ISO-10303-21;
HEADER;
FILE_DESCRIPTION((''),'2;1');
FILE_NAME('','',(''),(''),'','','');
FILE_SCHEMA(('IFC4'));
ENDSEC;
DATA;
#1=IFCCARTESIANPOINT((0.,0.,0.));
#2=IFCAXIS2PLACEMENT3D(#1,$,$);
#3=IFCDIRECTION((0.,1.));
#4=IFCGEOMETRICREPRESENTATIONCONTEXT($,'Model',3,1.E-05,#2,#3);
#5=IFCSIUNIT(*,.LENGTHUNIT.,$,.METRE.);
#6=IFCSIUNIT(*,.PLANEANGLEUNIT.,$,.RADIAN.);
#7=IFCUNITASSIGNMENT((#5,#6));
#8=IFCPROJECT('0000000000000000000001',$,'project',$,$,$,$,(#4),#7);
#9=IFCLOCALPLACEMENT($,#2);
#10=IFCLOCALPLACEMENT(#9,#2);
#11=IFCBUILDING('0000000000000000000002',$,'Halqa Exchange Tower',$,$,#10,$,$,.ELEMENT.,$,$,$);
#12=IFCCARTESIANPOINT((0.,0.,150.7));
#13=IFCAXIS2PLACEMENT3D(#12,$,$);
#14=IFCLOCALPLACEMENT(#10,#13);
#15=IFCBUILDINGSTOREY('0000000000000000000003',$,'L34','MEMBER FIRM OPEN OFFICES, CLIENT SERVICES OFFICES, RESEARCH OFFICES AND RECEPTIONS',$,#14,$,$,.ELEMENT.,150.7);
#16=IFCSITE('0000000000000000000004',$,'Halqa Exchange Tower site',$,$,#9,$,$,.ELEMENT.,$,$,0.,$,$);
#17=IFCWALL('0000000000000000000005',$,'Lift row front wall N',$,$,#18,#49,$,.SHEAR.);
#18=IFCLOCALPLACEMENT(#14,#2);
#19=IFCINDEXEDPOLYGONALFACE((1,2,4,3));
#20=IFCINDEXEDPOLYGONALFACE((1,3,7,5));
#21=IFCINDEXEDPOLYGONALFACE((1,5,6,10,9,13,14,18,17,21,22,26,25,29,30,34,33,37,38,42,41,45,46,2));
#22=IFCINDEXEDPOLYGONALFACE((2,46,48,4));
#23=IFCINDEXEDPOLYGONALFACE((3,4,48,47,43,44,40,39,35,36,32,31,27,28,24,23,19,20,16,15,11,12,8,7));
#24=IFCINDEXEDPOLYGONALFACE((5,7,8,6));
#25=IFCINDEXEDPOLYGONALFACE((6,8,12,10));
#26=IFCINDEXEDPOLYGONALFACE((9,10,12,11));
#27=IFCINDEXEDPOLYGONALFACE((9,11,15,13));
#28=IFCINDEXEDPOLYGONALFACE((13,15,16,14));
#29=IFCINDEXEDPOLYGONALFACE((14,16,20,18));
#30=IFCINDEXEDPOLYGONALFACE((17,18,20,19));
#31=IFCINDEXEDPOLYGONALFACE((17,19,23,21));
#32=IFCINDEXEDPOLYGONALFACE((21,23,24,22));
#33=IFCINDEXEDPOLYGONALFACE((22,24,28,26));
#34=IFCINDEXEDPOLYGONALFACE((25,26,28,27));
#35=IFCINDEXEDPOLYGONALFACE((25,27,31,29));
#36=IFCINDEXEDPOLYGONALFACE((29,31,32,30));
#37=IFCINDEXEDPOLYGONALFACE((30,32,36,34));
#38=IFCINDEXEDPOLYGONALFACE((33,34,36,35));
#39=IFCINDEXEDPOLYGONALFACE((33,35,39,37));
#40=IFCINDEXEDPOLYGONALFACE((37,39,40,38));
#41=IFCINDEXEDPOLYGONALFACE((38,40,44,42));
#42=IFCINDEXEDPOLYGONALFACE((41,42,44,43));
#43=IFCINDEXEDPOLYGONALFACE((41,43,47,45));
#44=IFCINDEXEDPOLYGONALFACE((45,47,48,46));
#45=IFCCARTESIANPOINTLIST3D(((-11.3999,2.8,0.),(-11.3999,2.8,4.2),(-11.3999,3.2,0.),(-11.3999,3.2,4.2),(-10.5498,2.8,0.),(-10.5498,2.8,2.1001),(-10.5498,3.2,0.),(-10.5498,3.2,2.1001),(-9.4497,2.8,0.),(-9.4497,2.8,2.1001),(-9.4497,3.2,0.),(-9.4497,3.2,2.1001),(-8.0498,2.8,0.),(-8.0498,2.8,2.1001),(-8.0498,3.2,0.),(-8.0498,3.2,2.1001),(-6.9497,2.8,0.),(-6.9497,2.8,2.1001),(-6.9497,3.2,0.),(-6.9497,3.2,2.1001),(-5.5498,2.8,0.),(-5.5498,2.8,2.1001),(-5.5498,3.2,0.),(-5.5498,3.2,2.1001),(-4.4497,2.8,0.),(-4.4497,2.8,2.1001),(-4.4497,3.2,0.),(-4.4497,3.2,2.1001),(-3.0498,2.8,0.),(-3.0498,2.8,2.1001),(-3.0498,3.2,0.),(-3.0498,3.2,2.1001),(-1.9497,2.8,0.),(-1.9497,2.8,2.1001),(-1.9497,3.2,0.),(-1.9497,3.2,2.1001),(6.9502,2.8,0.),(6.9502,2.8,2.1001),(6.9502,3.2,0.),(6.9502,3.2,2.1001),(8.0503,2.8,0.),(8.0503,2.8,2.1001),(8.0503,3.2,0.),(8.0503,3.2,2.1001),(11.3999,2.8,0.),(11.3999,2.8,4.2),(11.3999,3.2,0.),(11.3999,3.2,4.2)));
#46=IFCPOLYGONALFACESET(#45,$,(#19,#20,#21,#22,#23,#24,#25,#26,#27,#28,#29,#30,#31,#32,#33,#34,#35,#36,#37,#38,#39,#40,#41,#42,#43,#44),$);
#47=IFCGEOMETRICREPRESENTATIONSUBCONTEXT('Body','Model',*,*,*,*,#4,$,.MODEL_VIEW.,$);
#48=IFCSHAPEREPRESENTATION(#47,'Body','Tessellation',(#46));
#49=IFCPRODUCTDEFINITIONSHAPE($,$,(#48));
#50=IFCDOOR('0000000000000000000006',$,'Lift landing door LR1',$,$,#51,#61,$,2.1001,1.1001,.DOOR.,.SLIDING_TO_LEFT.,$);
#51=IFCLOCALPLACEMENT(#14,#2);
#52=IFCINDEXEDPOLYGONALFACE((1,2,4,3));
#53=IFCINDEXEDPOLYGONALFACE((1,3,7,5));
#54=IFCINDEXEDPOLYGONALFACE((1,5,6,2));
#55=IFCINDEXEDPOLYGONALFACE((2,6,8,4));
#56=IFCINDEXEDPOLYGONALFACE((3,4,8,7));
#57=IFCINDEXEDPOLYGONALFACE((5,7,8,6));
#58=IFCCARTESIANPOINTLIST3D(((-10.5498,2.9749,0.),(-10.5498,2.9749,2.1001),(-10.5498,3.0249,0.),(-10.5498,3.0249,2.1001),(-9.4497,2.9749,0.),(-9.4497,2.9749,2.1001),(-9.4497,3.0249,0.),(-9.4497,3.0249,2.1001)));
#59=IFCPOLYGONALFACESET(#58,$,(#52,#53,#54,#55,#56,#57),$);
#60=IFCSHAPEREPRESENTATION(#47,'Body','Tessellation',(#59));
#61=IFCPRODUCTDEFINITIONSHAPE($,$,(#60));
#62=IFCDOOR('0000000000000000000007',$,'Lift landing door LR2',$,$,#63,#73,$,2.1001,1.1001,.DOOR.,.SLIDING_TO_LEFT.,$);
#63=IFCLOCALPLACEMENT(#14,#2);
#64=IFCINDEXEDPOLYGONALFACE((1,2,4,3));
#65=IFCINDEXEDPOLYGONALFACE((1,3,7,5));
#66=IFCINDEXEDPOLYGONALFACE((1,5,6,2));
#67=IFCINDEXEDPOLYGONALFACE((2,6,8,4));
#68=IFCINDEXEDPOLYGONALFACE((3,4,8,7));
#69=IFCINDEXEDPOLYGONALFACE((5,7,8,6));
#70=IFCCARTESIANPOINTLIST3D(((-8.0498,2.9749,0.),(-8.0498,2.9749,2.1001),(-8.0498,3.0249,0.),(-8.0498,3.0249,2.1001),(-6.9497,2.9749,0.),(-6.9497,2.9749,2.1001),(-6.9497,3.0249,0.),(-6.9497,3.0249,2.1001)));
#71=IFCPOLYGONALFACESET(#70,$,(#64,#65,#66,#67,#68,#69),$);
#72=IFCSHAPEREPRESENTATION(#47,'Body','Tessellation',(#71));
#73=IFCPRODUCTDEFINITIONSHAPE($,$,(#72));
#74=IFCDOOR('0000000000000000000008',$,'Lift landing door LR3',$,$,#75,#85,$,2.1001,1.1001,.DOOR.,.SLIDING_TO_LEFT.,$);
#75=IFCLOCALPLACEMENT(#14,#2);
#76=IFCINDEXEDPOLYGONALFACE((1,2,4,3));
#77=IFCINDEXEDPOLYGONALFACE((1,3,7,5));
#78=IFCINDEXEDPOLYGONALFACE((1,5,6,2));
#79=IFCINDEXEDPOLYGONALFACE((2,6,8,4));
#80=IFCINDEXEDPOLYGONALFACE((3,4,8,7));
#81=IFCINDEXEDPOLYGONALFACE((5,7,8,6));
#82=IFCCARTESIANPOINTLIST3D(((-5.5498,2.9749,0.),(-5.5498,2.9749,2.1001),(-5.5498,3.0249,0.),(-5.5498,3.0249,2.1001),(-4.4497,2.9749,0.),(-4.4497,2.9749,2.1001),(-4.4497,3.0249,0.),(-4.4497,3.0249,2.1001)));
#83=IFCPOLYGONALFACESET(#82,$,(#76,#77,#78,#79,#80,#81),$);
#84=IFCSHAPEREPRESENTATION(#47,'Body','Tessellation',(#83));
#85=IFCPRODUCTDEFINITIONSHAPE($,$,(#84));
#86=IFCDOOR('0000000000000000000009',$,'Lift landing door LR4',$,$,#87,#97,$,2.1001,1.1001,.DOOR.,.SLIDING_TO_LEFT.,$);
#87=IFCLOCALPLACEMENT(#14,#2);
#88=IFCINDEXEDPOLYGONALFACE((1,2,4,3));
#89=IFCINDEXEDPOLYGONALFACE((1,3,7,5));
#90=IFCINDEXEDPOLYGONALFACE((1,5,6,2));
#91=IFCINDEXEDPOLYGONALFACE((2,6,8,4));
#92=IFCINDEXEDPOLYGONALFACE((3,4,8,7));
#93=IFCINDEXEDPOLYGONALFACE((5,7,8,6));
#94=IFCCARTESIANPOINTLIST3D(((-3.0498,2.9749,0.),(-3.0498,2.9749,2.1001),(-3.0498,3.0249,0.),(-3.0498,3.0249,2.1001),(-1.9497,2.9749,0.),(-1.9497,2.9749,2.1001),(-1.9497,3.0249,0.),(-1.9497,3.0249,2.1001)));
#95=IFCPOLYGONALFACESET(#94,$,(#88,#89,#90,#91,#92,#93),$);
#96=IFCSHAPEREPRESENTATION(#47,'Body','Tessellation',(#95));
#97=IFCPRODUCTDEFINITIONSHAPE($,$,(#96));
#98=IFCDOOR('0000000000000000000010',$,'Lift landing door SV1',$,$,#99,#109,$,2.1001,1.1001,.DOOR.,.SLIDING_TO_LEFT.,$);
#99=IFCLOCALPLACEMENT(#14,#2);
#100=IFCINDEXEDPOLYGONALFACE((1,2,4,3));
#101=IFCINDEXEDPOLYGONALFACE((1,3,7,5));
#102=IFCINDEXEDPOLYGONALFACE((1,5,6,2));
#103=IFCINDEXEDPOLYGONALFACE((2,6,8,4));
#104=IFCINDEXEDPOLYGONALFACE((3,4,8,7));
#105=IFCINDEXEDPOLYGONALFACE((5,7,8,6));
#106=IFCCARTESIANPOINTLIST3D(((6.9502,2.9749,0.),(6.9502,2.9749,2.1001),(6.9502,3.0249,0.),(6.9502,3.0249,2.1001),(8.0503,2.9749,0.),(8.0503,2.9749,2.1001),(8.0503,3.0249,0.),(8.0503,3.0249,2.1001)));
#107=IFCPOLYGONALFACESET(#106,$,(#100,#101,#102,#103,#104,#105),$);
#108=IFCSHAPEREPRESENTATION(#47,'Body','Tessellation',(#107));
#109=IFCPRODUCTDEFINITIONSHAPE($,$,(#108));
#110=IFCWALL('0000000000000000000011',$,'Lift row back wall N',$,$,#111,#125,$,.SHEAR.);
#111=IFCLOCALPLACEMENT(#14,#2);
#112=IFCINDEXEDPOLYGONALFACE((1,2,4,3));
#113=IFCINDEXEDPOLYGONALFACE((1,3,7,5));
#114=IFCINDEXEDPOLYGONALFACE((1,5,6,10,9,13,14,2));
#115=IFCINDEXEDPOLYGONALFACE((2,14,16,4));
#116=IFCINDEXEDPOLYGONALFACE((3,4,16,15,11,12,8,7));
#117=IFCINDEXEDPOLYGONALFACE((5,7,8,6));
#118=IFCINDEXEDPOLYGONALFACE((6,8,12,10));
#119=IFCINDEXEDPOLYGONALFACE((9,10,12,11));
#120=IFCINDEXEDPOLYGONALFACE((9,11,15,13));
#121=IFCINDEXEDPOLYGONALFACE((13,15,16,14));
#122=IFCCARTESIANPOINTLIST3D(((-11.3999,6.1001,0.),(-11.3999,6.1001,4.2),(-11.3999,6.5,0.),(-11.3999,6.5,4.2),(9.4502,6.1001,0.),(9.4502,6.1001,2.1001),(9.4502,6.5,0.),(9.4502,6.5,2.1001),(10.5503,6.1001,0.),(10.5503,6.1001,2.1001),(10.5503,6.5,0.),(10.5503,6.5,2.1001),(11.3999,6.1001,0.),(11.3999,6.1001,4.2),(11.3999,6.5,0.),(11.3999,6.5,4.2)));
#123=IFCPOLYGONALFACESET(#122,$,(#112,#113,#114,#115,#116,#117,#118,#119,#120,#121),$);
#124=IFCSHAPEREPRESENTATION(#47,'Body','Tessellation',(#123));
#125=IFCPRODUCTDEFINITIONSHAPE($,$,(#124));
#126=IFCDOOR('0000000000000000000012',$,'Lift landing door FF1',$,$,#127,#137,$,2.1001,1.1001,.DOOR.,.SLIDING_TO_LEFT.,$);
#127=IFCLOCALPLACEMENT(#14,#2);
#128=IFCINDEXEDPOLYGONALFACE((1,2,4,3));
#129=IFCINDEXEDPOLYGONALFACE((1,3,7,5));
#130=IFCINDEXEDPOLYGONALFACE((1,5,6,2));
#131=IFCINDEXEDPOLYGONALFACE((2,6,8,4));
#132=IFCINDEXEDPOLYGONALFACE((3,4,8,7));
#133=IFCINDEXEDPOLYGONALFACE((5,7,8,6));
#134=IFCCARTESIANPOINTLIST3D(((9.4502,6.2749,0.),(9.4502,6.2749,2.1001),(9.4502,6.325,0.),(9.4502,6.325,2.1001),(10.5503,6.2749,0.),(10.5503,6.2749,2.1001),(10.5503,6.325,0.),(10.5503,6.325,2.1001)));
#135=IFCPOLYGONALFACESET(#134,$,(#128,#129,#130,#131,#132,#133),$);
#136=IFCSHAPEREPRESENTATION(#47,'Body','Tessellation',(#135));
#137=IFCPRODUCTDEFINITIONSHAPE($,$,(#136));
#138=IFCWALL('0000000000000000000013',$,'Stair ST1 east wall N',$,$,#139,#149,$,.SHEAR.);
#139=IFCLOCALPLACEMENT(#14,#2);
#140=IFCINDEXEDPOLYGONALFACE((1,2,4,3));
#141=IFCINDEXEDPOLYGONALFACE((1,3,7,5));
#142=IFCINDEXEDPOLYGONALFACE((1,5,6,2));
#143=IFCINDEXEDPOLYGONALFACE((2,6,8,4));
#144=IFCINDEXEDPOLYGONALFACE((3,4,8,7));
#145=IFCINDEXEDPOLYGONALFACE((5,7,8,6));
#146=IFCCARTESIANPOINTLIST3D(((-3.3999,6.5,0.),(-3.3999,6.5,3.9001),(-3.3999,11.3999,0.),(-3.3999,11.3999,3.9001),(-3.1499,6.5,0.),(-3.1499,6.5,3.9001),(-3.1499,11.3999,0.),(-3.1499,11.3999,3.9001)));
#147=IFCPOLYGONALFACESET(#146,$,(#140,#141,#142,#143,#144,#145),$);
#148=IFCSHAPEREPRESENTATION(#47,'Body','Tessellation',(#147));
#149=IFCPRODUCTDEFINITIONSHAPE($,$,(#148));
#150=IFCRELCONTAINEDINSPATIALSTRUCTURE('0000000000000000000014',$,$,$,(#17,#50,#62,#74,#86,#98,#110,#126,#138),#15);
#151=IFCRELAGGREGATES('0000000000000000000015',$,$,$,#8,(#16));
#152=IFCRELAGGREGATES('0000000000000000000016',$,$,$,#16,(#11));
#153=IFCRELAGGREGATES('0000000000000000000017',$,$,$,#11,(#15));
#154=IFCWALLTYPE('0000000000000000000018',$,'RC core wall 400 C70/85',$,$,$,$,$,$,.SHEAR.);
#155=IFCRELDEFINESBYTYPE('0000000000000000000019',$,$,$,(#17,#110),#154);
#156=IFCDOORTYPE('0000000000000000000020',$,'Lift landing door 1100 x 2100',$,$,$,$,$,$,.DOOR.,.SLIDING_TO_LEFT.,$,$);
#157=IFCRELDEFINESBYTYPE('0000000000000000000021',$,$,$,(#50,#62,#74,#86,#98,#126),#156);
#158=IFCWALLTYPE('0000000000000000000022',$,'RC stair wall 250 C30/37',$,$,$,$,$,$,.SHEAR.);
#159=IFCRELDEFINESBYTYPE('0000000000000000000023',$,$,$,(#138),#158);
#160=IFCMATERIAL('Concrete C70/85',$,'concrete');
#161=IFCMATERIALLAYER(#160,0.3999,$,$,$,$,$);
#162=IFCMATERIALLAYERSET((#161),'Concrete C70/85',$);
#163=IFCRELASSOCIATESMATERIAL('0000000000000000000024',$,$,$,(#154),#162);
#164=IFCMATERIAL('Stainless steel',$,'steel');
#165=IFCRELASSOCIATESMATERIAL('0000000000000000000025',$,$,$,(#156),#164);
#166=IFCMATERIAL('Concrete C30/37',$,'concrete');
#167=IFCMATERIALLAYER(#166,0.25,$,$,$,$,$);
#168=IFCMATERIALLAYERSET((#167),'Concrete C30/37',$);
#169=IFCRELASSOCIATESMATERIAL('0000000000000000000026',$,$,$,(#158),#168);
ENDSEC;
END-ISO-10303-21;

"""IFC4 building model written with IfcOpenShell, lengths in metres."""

from ifc_helpers import new_model, si_unit, direction, frame, frame_2d, origin, place, context, subcontext, project, spatial, rectangle, extrude, material, layer, layer_set, type_object, element, fill, save


model = new_model("IFC4")

# Units and contexts
model_context = context("Model", 3, precision=1e-05, world=origin(), true_north=direction((0.0, 1.0)))
body_context = subcontext(model_context, "Body", "Model", "MODEL_VIEW")
ifc_project = project(units=[si_unit("LENGTHUNIT", "METRE"), si_unit("PLANEANGLEUNIT", "RADIAN")], contexts=[model_context])

# Site, building, storey
site_placement = place(None, origin())
site = spatial("IfcSite", under=ifc_project, at=site_placement, Name="Halqa Exchange Tower site", CompositionType="ELEMENT", RefElevation=0.0)
building_placement = place(site_placement, origin())
building = spatial("IfcBuilding", under=site, at=building_placement, Name="Halqa Exchange Tower", CompositionType="ELEMENT")
storey_placement = place(building_placement, frame((0.0, 0.0, 150.7)))
storey = spatial("IfcBuildingStorey", under=building, at=storey_placement, Name="L34", Description="MEMBER FIRM OPEN OFFICES, CLIENT SERVICES OFFICES, RESEARCH OFFICES AND RECEPTIONS", CompositionType="ELEMENT", Elevation=150.7)

# Wall, openings, doors
ifc_material_1 = material(Name="Concrete C70/85", Category="concrete")
ifc_layer_1 = layer(ifc_material_1, 0.3999)
ifc_layer_set_1 = layer_set([ifc_layer_1], Name="Concrete C70/85")
wall_type_1 = type_object("IfcWallType", Name="RC core wall 400 C70/85", PredefinedType="SHEAR", material=ifc_layer_set_1)
wall_1_placement = place(storey_placement, frame((-11.3999, 3.0, 0.0), z_axis=(0.0, 0.0, 1.0), x_axis=(1.0, 0.0, 0.0)))
wall_1 = element("IfcWall", 1, at=wall_1_placement, inside=storey, type_object=wall_type_1, Name="Lift row front wall N", PredefinedType="SHEAR", context=body_context, shape_type="SweptSolid", body=[
    extrude(rectangle(XDim=22.7998, YDim=0.3999, at=frame_2d((11.3999, 0.0))), origin(), (0.0, 0.0, 1.0), 4.2),
])
opening_1_placement = place(wall_1_placement, frame((0.8501, 0.0, 0.0)))
opening_1 = element("IfcOpeningElement", 2, at=opening_1_placement, cuts=wall_1, PredefinedType="OPENING", context=body_context, shape_type="SweptSolid", body=[
    extrude(rectangle(XDim=1.1001, YDim=2.1001, at=frame_2d((0.55, 1.05))), frame((0.0, 0.2119, 0.0), z_axis=(0.0, -1.0, 0.0), x_axis=(1.0, 0.0, 0.0)), (0.0, 0.0, 1.0), 0.4238),
])
opening_2_placement = place(wall_1_placement, frame((3.3501, 0.0, 0.0)))
opening_2 = element("IfcOpeningElement", 3, at=opening_2_placement, cuts=wall_1, PredefinedType="OPENING", context=body_context, shape_type="SweptSolid", body=[
    extrude(rectangle(XDim=1.1001, YDim=2.1001, at=frame_2d((0.55, 1.05))), frame((0.0, 0.2119, 0.0), z_axis=(0.0, -1.0, 0.0), x_axis=(1.0, 0.0, 0.0)), (0.0, 0.0, 1.0), 0.4238),
])
opening_3_placement = place(wall_1_placement, frame((5.8501, 0.0, 0.0)))
opening_3 = element("IfcOpeningElement", 4, at=opening_3_placement, cuts=wall_1, PredefinedType="OPENING", context=body_context, shape_type="SweptSolid", body=[
    extrude(rectangle(XDim=1.1001, YDim=2.1001, at=frame_2d((0.55, 1.05))), frame((0.0, 0.2119, 0.0), z_axis=(0.0, -1.0, 0.0), x_axis=(1.0, 0.0, 0.0)), (0.0, 0.0, 1.0), 0.4238),
])
opening_4_placement = place(wall_1_placement, frame((8.3501, 0.0, 0.0)))
opening_4 = element("IfcOpeningElement", 5, at=opening_4_placement, cuts=wall_1, PredefinedType="OPENING", context=body_context, shape_type="SweptSolid", body=[
    extrude(rectangle(XDim=1.1001, YDim=2.1001, at=frame_2d((0.55, 1.05))), frame((0.0, 0.2119, 0.0), z_axis=(0.0, -1.0, 0.0), x_axis=(1.0, 0.0, 0.0)), (0.0, 0.0, 1.0), 0.4238),
])
opening_5_placement = place(wall_1_placement, frame((18.3501, 0.0, 0.0)))
opening_5 = element("IfcOpeningElement", 6, at=opening_5_placement, cuts=wall_1, PredefinedType="OPENING", context=body_context, shape_type="SweptSolid", body=[
    extrude(rectangle(XDim=1.1001, YDim=2.1001, at=frame_2d((0.55, 1.05))), frame((0.0, 0.2119, 0.0), z_axis=(0.0, -1.0, 0.0), x_axis=(1.0, 0.0, 0.0)), (0.0, 0.0, 1.0), 0.4238),
])
ifc_material_2 = material(Name="Stainless steel", Category="steel")
door_type = type_object("IfcDoorType", Name="Lift landing door 1100 x 2100", OperationType="SLIDING_TO_LEFT", PredefinedType="DOOR", material=ifc_material_2)
door_1_placement = place(opening_1_placement, origin())
door_1 = element("IfcDoor", 7, at=door_1_placement, inside=storey, type_object=door_type, Name="Lift landing door LR1", OperationType="SLIDING_TO_LEFT", OverallHeight=2.1001, OverallWidth=1.1001, PredefinedType="DOOR", context=body_context, shape_type="SweptSolid", body=[
    extrude(rectangle(XDim=1.1001, YDim=2.1001, at=frame_2d((0.55, 1.05))), frame((0.0, 0.0249, 0.0), z_axis=(0.0, -1.0, 0.0), x_axis=(1.0, 0.0, 0.0)), (0.0, 0.0, 1.0), 0.05),
])
fill(opening_1, door_1)
door_2_placement = place(opening_2_placement, origin())
door_2 = element("IfcDoor", 8, at=door_2_placement, inside=storey, type_object=door_type, Name="Lift landing door LR2", OperationType="SLIDING_TO_LEFT", OverallHeight=2.1001, OverallWidth=1.1001, PredefinedType="DOOR", context=body_context, shape_type="SweptSolid", body=[
    extrude(rectangle(XDim=1.1001, YDim=2.1001, at=frame_2d((0.55, 1.05))), frame((0.0, 0.0249, 0.0), z_axis=(0.0, -1.0, 0.0), x_axis=(1.0, 0.0, 0.0)), (0.0, 0.0, 1.0), 0.05),
])
fill(opening_2, door_2)
door_3_placement = place(opening_3_placement, origin())
door_3 = element("IfcDoor", 9, at=door_3_placement, inside=storey, type_object=door_type, Name="Lift landing door LR3", OperationType="SLIDING_TO_LEFT", OverallHeight=2.1001, OverallWidth=1.1001, PredefinedType="DOOR", context=body_context, shape_type="SweptSolid", body=[
    extrude(rectangle(XDim=1.1001, YDim=2.1001, at=frame_2d((0.55, 1.05))), frame((0.0, 0.0249, 0.0), z_axis=(0.0, -1.0, 0.0), x_axis=(1.0, 0.0, 0.0)), (0.0, 0.0, 1.0), 0.05),
])
fill(opening_3, door_3)
door_4_placement = place(opening_4_placement, origin())
door_4 = element("IfcDoor", 10, at=door_4_placement, inside=storey, type_object=door_type, Name="Lift landing door LR4", OperationType="SLIDING_TO_LEFT", OverallHeight=2.1001, OverallWidth=1.1001, PredefinedType="DOOR", context=body_context, shape_type="SweptSolid", body=[
    extrude(rectangle(XDim=1.1001, YDim=2.1001, at=frame_2d((0.55, 1.05))), frame((0.0, 0.0249, 0.0), z_axis=(0.0, -1.0, 0.0), x_axis=(1.0, 0.0, 0.0)), (0.0, 0.0, 1.0), 0.05),
])
fill(opening_4, door_4)
door_5_placement = place(opening_5_placement, origin())
door_5 = element("IfcDoor", 11, at=door_5_placement, inside=storey, type_object=door_type, Name="Lift landing door SV1", OperationType="SLIDING_TO_LEFT", OverallHeight=2.1001, OverallWidth=1.1001, PredefinedType="DOOR", context=body_context, shape_type="SweptSolid", body=[
    extrude(rectangle(XDim=1.1001, YDim=2.1001, at=frame_2d((0.55, 1.05))), frame((0.0, 0.0249, 0.0), z_axis=(0.0, -1.0, 0.0), x_axis=(1.0, 0.0, 0.0)), (0.0, 0.0, 1.0), 0.05),
])
fill(opening_5, door_5)

# Wall, opening, door
wall_2_placement = place(storey_placement, frame((-11.3999, 6.3, 0.0), z_axis=(0.0, 0.0, 1.0), x_axis=(1.0, 0.0, 0.0)))
wall_2 = element("IfcWall", 12, at=wall_2_placement, inside=storey, type_object=wall_type_1, Name="Lift row back wall N", PredefinedType="SHEAR", context=body_context, shape_type="SweptSolid", body=[
    extrude(rectangle(XDim=22.7998, YDim=0.3999, at=frame_2d((11.3999, 0.0))), origin(), (0.0, 0.0, 1.0), 4.2),
])
opening_6_placement = place(wall_2_placement, frame((20.8501, 0.0, 0.0)))
opening_6 = element("IfcOpeningElement", 13, at=opening_6_placement, cuts=wall_2, PredefinedType="OPENING", context=body_context, shape_type="SweptSolid", body=[
    extrude(rectangle(XDim=1.1001, YDim=2.1001, at=frame_2d((0.55, 1.05))), frame((0.0, 0.2119, 0.0), z_axis=(0.0, -1.0, 0.0), x_axis=(1.0, 0.0, 0.0)), (0.0, 0.0, 1.0), 0.4238),
])
door_6_placement = place(opening_6_placement, origin())
door_6 = element("IfcDoor", 14, at=door_6_placement, inside=storey, type_object=door_type, Name="Lift landing door FF1", OperationType="SLIDING_TO_LEFT", OverallHeight=2.1001, OverallWidth=1.1001, PredefinedType="DOOR", context=body_context, shape_type="SweptSolid", body=[
    extrude(rectangle(XDim=1.1001, YDim=2.1001, at=frame_2d((0.55, 1.05))), frame((0.0, 0.0249, 0.0), z_axis=(0.0, -1.0, 0.0), x_axis=(1.0, 0.0, 0.0)), (0.0, 0.0, 1.0), 0.05),
])
fill(opening_6, door_6)

# Wall
ifc_material_3 = material(Name="Concrete C30/37", Category="concrete")
ifc_layer_2 = layer(ifc_material_3, 0.25)
ifc_layer_set_2 = layer_set([ifc_layer_2], Name="Concrete C30/37")
wall_type_2 = type_object("IfcWallType", Name="RC stair wall 250 C30/37", PredefinedType="SHEAR", material=ifc_layer_set_2)
wall_3_placement = place(storey_placement, frame((-3.2749, 6.5, 0.0), z_axis=(0.0, 0.0, 1.0), x_axis=(0.0, 1.0, 0.0)))
element("IfcWall", 15, at=wall_3_placement, inside=storey, type_object=wall_type_2, Name="Stair ST1 east wall N", PredefinedType="SHEAR", context=body_context, shape_type="SweptSolid", body=[
    extrude(rectangle(XDim=4.8999, YDim=0.25, at=frame_2d((2.45, 0.0))), origin(), (0.0, 0.0, 1.0), 3.9001),
])

save(model, "model.ifc")
